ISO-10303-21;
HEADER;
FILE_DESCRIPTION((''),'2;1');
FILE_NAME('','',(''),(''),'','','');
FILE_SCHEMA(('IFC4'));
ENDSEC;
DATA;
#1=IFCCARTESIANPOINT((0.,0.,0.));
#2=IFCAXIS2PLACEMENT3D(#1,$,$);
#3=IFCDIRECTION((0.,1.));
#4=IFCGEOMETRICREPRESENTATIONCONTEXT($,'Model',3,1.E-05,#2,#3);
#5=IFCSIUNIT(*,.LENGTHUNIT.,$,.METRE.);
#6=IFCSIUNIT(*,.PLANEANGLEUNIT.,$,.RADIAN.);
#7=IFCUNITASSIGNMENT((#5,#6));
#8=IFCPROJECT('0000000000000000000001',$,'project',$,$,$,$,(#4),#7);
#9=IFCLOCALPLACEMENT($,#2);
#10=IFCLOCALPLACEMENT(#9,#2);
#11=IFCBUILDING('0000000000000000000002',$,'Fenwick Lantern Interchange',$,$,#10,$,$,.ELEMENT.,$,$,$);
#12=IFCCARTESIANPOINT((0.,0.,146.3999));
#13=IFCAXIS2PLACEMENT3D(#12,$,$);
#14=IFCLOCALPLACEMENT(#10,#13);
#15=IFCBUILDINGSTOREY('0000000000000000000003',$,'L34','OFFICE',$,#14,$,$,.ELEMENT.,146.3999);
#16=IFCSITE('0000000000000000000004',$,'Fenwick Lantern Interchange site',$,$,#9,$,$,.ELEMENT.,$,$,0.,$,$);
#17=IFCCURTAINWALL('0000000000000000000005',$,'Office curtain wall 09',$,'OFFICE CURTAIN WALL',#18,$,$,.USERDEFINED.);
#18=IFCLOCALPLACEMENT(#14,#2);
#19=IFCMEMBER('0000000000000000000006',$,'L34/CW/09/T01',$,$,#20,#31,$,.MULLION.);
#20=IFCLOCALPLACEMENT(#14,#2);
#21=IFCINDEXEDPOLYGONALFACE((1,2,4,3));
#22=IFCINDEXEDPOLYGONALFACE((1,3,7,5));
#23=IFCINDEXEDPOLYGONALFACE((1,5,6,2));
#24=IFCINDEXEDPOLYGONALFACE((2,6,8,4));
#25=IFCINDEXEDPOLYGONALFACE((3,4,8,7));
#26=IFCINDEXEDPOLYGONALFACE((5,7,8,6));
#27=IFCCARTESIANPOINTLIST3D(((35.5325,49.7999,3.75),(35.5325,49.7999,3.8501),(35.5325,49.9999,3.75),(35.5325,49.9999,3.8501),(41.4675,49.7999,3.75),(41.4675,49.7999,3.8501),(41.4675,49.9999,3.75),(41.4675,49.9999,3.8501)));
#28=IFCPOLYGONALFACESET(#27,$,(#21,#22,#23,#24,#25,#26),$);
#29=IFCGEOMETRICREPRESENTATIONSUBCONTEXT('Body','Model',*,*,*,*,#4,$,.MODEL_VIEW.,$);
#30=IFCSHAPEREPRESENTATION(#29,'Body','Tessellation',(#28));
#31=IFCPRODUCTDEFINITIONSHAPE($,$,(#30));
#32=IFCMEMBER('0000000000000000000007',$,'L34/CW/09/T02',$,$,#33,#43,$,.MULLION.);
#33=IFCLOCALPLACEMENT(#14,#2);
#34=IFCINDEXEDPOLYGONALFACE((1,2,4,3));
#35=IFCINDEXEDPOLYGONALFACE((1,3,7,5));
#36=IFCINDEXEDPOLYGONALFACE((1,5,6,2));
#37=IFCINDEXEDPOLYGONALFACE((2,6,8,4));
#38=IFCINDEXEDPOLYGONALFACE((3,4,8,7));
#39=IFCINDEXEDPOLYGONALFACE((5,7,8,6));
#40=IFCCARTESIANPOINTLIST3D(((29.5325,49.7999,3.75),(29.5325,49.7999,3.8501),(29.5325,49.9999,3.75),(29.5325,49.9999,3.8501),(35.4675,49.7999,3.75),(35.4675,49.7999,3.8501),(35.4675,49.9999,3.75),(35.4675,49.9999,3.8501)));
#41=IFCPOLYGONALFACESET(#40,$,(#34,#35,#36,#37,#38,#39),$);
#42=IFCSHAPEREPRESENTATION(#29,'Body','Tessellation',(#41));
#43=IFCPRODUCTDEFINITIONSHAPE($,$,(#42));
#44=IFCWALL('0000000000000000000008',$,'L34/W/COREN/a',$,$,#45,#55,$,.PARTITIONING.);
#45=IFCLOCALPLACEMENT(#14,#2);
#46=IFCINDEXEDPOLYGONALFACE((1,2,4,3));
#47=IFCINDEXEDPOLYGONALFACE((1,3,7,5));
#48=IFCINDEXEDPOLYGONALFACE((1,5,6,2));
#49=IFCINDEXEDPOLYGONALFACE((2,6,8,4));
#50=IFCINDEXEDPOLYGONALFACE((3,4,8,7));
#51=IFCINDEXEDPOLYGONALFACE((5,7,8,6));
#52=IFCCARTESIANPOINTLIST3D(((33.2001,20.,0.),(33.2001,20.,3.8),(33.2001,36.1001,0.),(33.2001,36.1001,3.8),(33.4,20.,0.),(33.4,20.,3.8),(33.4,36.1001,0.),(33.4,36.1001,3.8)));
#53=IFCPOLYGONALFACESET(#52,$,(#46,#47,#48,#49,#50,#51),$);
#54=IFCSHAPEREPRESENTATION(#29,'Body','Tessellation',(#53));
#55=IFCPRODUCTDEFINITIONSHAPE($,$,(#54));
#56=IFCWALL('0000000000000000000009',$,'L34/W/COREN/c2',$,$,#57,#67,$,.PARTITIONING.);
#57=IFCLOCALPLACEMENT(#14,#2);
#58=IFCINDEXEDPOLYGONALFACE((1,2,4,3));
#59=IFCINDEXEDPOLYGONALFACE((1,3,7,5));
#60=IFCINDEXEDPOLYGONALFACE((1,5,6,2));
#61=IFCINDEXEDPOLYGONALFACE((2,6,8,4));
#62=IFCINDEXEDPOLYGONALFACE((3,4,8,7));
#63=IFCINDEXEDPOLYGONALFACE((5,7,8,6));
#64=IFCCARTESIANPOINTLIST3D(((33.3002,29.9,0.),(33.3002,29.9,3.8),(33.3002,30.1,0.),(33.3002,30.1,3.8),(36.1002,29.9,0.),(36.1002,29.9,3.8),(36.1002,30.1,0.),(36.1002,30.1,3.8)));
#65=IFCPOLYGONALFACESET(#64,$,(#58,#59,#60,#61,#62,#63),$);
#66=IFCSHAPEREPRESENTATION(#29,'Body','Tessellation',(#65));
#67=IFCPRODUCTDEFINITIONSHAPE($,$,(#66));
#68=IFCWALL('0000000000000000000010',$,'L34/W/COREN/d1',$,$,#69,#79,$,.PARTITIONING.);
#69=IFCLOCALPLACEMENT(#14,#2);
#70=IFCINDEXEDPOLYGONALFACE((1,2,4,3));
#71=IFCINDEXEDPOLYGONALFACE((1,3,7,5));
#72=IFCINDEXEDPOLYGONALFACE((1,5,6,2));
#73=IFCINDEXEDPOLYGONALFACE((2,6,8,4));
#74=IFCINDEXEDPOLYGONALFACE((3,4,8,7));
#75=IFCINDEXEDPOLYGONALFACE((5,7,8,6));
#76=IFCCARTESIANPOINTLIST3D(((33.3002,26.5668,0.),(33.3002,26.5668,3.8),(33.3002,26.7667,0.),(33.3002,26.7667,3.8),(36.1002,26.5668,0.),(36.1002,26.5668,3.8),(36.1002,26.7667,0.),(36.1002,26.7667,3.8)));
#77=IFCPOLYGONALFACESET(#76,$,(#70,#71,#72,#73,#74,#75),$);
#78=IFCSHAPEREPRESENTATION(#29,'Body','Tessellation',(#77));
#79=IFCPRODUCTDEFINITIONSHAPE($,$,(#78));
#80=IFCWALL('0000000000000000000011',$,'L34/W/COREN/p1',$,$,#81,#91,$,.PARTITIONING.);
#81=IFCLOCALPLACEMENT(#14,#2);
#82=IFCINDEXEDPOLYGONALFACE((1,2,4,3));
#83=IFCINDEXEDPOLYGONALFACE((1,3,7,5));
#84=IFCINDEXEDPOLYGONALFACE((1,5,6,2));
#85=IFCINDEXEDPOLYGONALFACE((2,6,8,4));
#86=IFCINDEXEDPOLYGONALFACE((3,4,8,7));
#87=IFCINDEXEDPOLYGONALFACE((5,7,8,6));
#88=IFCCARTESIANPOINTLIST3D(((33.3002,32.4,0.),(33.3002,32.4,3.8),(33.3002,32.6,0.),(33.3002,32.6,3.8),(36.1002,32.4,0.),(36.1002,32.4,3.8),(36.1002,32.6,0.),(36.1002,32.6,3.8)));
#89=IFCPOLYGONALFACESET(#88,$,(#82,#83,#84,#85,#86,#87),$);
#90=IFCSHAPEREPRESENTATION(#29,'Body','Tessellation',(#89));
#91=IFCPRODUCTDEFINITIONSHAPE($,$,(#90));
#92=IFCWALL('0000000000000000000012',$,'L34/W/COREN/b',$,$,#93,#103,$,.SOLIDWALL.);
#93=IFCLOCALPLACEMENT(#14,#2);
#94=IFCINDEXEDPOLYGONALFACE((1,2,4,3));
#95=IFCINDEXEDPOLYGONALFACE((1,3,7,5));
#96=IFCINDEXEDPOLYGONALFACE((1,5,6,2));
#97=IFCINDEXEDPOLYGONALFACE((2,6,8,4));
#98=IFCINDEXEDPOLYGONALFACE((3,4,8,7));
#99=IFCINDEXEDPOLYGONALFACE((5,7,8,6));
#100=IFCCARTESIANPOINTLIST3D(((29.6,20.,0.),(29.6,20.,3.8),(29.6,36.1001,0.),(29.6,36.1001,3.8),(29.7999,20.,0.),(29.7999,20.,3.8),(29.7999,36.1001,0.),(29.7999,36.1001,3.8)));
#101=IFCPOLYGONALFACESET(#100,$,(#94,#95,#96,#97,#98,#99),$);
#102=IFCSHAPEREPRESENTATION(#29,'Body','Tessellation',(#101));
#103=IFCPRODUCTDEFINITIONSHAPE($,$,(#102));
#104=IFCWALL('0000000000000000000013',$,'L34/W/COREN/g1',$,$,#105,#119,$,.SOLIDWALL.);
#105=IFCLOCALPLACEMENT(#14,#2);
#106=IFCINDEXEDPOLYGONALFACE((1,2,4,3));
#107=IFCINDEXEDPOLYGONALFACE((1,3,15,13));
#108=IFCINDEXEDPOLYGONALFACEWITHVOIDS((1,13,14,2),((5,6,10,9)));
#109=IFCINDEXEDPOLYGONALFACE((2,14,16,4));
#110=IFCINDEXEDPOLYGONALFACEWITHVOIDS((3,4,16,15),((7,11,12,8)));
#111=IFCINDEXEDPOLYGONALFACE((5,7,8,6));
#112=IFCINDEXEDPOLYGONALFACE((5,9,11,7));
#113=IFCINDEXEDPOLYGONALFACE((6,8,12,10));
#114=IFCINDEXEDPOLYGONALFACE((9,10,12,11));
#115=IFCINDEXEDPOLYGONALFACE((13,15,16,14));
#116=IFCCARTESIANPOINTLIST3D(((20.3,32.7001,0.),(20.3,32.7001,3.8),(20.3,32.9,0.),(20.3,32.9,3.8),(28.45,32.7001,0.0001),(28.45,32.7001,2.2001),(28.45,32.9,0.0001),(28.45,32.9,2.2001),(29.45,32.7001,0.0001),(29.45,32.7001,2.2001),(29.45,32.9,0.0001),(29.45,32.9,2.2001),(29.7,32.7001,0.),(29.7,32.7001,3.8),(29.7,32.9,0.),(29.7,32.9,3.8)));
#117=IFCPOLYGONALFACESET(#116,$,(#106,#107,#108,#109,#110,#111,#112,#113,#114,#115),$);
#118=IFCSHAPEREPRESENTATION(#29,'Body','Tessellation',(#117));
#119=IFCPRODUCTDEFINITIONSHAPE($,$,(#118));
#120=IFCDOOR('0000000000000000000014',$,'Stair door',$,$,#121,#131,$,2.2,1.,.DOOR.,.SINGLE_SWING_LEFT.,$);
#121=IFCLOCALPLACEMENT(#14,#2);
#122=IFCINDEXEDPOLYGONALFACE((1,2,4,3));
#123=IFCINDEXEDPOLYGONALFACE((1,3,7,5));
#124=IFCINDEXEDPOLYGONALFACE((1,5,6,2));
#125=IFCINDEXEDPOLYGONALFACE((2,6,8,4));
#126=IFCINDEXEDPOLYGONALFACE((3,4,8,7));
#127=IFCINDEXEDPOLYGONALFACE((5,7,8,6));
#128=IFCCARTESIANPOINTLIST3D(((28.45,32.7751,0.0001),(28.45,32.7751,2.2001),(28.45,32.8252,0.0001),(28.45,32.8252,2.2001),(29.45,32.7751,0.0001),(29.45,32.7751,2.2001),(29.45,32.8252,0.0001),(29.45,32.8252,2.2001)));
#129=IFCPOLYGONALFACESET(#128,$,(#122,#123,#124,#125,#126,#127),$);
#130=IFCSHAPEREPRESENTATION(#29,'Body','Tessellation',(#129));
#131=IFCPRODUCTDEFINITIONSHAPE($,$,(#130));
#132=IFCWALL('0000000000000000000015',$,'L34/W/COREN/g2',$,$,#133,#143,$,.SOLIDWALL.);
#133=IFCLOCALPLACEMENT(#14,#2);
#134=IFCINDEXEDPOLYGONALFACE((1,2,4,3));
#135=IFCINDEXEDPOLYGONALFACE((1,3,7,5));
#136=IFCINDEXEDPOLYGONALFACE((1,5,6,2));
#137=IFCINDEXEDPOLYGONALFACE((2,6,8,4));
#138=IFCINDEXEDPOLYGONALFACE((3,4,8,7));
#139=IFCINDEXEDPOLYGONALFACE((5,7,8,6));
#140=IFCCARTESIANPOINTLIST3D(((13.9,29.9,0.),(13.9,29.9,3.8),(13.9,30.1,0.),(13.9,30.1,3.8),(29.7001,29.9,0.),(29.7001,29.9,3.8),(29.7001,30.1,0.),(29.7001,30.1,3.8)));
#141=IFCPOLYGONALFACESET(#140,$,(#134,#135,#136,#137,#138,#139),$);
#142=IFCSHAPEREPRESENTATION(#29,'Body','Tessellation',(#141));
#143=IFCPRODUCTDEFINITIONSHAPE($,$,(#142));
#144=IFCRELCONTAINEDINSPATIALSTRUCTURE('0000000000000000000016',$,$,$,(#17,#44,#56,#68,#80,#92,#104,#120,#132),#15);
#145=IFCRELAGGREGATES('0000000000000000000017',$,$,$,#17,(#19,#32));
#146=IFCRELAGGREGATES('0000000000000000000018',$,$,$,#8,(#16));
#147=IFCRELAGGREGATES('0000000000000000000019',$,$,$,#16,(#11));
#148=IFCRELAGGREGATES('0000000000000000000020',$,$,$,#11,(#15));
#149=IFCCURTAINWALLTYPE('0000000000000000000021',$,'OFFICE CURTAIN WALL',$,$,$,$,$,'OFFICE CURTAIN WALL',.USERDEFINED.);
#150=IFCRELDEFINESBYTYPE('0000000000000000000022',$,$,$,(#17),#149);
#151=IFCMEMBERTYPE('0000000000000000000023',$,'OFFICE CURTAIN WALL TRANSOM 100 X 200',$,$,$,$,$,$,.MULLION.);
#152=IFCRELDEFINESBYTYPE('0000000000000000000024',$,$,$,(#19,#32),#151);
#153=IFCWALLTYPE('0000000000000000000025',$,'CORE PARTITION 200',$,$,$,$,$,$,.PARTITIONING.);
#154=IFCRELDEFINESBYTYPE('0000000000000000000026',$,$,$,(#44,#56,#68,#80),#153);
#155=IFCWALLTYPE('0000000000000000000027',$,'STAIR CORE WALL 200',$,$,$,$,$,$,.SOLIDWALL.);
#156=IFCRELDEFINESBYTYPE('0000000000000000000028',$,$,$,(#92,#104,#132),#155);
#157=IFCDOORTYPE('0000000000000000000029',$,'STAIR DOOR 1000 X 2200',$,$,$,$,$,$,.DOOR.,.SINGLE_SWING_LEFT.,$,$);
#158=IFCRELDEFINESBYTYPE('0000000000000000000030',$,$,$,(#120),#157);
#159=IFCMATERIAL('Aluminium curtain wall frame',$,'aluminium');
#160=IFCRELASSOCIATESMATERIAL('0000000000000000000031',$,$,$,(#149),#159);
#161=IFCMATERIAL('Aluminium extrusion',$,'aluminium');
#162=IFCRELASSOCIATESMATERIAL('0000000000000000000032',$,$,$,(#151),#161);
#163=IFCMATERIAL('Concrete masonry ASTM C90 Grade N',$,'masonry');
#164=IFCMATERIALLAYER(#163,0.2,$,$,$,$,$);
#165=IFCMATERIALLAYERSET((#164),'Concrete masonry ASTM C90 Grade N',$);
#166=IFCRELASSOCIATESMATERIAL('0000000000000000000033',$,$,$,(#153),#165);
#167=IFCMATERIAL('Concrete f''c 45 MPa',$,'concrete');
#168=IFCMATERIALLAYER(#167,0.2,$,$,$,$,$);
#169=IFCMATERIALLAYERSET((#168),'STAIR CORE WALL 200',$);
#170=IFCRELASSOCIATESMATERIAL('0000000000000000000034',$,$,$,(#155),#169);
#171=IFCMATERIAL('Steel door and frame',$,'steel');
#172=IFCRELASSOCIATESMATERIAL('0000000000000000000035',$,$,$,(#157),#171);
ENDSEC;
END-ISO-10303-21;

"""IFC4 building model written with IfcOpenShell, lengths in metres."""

from ifc_helpers import new_model, si_unit, direction, frame, frame_2d, origin, origin_2d, place, context, subcontext, project, spatial, rectangle, extrude, material, layer, layer_set, material_profile, profile_set, type_object, element, fill, aggregate, save


model = new_model("IFC4")

# Units and contexts
model_context = context("Model", 3, precision=1e-05, world=origin(), true_north=direction((0.0, 1.0)))
body_context = subcontext(model_context, "Body", "Model", "MODEL_VIEW")
ifc_project = project(units=[si_unit("LENGTHUNIT", "METRE"), si_unit("PLANEANGLEUNIT", "RADIAN")], contexts=[model_context])

# Site, building, storey
site_placement = place(None, origin())
site = spatial("IfcSite", under=ifc_project, at=site_placement, Name="Fenwick Lantern Interchange site", CompositionType="ELEMENT", RefElevation=0.0)
building_placement = place(site_placement, origin())
building = spatial("IfcBuilding", under=site, at=building_placement, Name="Fenwick Lantern Interchange", CompositionType="ELEMENT")
storey_placement = place(building_placement, frame((0.0, 0.0, 146.3999)))
storey = spatial("IfcBuildingStorey", under=building, at=storey_placement, Name="L34", Description="OFFICE", CompositionType="ELEMENT", Elevation=146.3999)

# Curtain wall, members
ifc_material_1 = material(Name="Aluminium curtain wall frame", Category="aluminium")
curtain_wall_type = type_object("IfcCurtainWallType", Name="OFFICE CURTAIN WALL", ElementType="OFFICE CURTAIN WALL", PredefinedType="USERDEFINED", material=ifc_material_1)
curtain_wall_placement = place(storey_placement, origin())
curtain_wall = element("IfcCurtainWall", 1, at=curtain_wall_placement, inside=storey, type_object=curtain_wall_type, Name="Office curtain wall 09", ObjectType="OFFICE CURTAIN WALL", PredefinedType="USERDEFINED")
ifc_material_2 = material(Name="Aluminium extrusion", Category="aluminium")
ifc_material_profile_1 = material_profile(ifc_material_2, rectangle(XDim=0.2, YDim=0.1001, at=origin_2d()), Name="OFFICE CURTAIN WALL TRANSOM 100 X 200")
ifc_profile_set_1 = profile_set([ifc_material_profile_1], Name="Aluminium extrusion")
member_type_1 = type_object("IfcMemberType", Name="OFFICE CURTAIN WALL TRANSOM 100 X 200", PredefinedType="MULLION", material=ifc_profile_set_1)
member_1_placement = place(storey_placement, frame((41.4675, 49.8999, 3.8), z_axis=(-1.0, 0.0, 0.0), x_axis=(0.0, -1.0, 0.0)))
member_1 = element("IfcMember", 2, at=member_1_placement, type_object=member_type_1, Name="L34/CW/09/T01", PredefinedType="MULLION", context=body_context, shape_type="SweptSolid", body=[
    extrude(rectangle(XDim=0.2, YDim=0.1001, at=origin_2d()), origin(), (0.0, 0.0, 1.0), 5.9351),
])
member_2_placement = place(storey_placement, frame((35.4675, 49.8999, 3.8), z_axis=(-1.0, 0.0, 0.0), x_axis=(0.0, -1.0, 0.0)))
member_2 = element("IfcMember", 3, at=member_2_placement, type_object=member_type_1, Name="L34/CW/09/T02", PredefinedType="MULLION", context=body_context, shape_type="SweptSolid", body=[
    extrude(rectangle(XDim=0.2, YDim=0.1001, at=origin_2d()), origin(), (0.0, 0.0, 1.0), 5.9351),
])
aggregate(curtain_wall, [member_1, member_2])

# Walls
ifc_material_3 = material(Name="Concrete masonry ASTM C90 Grade N", Category="masonry")
ifc_layer_1 = layer(ifc_material_3, 0.2)
ifc_layer_set_1 = layer_set([ifc_layer_1], Name="Concrete masonry ASTM C90 Grade N")
wall_type_1 = type_object("IfcWallType", Name="CORE PARTITION 200", PredefinedType="PARTITIONING", material=ifc_layer_set_1)
wall_1_placement = place(storey_placement, frame((33.3, 36.1001, 0.0), z_axis=(0.0, 0.0, 1.0), x_axis=(0.0, -1.0, 0.0)))
element("IfcWall", 4, at=wall_1_placement, inside=storey, type_object=wall_type_1, Name="L34/W/COREN/a", PredefinedType="PARTITIONING", context=body_context, shape_type="SweptSolid", body=[
    extrude(rectangle(XDim=16.1001, YDim=0.2, at=frame_2d((8.05, 0.0))), origin(), (0.0, 0.0, 1.0), 3.8),
])
for number, where, z_axis, x_axis, name in (
    (5, (36.1001, 30.0, 0.0), (0.0, 0.0, 1.0), (-1.0, 0.0, 0.0), "L34/W/COREN/c2"),
    (6, (36.1001, 26.6667, 0.0), (0.0, 0.0, 1.0), (-1.0, 0.0, 0.0), "L34/W/COREN/d1"),
    (7, (36.1001, 32.5, 0.0), (0.0, 0.0, 1.0), (-1.0, 0.0, 0.0), "L34/W/COREN/p1"),
):
    element("IfcWall", number, at=place(storey_placement, frame(where, z_axis=z_axis, x_axis=x_axis)), inside=storey, type_object=wall_type_1, Name=name, PredefinedType="PARTITIONING", context=body_context, shape_type="SweptSolid", body=[
        extrude(rectangle(XDim=2.8, YDim=0.2, at=frame_2d((1.3999, 0.0))), origin(), (0.0, 0.0, 1.0), 3.8),
    ])

# Shared definitions
ifc_material_4 = material(Name="Steel door and frame", Category="steel")

# Wall
ifc_material_5 = material(Name="Concrete f'c 45 MPa", Category="concrete")
ifc_layer_2 = layer(ifc_material_5, 0.2)
ifc_layer_set_2 = layer_set([ifc_layer_2], Name="STAIR CORE WALL 200")
wall_type_2 = type_object("IfcWallType", Name="STAIR CORE WALL 200", PredefinedType="SOLIDWALL", material=ifc_layer_set_2)
wall_2_placement = place(storey_placement, frame((29.7, 36.1001, 0.0), z_axis=(0.0, 0.0, 1.0), x_axis=(0.0, -1.0, 0.0)))
element("IfcWall", 8, at=wall_2_placement, inside=storey, type_object=wall_type_2, Name="L34/W/COREN/b", PredefinedType="SOLIDWALL", context=body_context, shape_type="SweptSolid", body=[
    extrude(rectangle(XDim=16.1001, YDim=0.2, at=frame_2d((8.05, 0.0))), origin(), (0.0, 0.0, 1.0), 3.8),
])

# Wall, opening, door
wall_3_placement = place(storey_placement, frame((29.7, 32.8, 0.0), z_axis=(0.0, 0.0, 1.0), x_axis=(-1.0, 0.0, 0.0)))
wall_3 = element("IfcWall", 9, at=wall_3_placement, inside=storey, type_object=wall_type_2, Name="L34/W/COREN/g1", PredefinedType="SOLIDWALL", context=body_context, shape_type="SweptSolid", body=[
    extrude(rectangle(XDim=9.3999, YDim=0.2, at=frame_2d((4.7, 0.0))), origin(), (0.0, 0.0, 1.0), 3.8),
])
opening_1_placement = place(wall_3_placement, frame((0.25, 0.0, 0.0)))
opening_1 = element("IfcOpeningElement", 10, at=opening_1_placement, cuts=wall_3, PredefinedType="OPENING", context=body_context, shape_type="SweptSolid", body=[
    extrude(rectangle(XDim=1.0, YDim=2.2, at=frame_2d((0.5, 1.1001))), frame((0.0, 0.1099, 0.0), z_axis=(0.0, -1.0, 0.0), x_axis=(1.0, 0.0, 0.0)), (0.0, 0.0, 1.0), 0.22),
])
door_type_1 = type_object("IfcDoorType", Name="STAIR DOOR 1000 X 2200", OperationType="SINGLE_SWING_LEFT", PredefinedType="DOOR", material=ifc_material_4)
door_1_placement = place(opening_1_placement, origin())
door_1 = element("IfcDoor", 11, at=door_1_placement, inside=storey, type_object=door_type_1, Name="Stair door", OperationType="SINGLE_SWING_LEFT", OverallHeight=2.2, OverallWidth=1.0, PredefinedType="DOOR", context=body_context, shape_type="SweptSolid", body=[
    extrude(rectangle(XDim=1.0, YDim=2.2, at=frame_2d((0.5, 1.1001))), frame((0.0, 0.0249, 0.0), z_axis=(0.0, -1.0, 0.0), x_axis=(1.0, 0.0, 0.0)), (0.0, 0.0, 1.0), 0.05),
])
fill(opening_1, door_1)

# Wall
wall_4_placement = place(storey_placement, frame((29.7, 30.0, 0.0), z_axis=(0.0, 0.0, 1.0), x_axis=(-1.0, 0.0, 0.0)))
element("IfcWall", 12, at=wall_4_placement, inside=storey, type_object=wall_type_2, Name="L34/W/COREN/g2", PredefinedType="SOLIDWALL", context=body_context, shape_type="SweptSolid", body=[
    extrude(rectangle(XDim=15.8, YDim=0.2, at=frame_2d((7.8999, 0.0))), origin(), (0.0, 0.0, 1.0), 3.8),
])

save(model, "model.ifc")
